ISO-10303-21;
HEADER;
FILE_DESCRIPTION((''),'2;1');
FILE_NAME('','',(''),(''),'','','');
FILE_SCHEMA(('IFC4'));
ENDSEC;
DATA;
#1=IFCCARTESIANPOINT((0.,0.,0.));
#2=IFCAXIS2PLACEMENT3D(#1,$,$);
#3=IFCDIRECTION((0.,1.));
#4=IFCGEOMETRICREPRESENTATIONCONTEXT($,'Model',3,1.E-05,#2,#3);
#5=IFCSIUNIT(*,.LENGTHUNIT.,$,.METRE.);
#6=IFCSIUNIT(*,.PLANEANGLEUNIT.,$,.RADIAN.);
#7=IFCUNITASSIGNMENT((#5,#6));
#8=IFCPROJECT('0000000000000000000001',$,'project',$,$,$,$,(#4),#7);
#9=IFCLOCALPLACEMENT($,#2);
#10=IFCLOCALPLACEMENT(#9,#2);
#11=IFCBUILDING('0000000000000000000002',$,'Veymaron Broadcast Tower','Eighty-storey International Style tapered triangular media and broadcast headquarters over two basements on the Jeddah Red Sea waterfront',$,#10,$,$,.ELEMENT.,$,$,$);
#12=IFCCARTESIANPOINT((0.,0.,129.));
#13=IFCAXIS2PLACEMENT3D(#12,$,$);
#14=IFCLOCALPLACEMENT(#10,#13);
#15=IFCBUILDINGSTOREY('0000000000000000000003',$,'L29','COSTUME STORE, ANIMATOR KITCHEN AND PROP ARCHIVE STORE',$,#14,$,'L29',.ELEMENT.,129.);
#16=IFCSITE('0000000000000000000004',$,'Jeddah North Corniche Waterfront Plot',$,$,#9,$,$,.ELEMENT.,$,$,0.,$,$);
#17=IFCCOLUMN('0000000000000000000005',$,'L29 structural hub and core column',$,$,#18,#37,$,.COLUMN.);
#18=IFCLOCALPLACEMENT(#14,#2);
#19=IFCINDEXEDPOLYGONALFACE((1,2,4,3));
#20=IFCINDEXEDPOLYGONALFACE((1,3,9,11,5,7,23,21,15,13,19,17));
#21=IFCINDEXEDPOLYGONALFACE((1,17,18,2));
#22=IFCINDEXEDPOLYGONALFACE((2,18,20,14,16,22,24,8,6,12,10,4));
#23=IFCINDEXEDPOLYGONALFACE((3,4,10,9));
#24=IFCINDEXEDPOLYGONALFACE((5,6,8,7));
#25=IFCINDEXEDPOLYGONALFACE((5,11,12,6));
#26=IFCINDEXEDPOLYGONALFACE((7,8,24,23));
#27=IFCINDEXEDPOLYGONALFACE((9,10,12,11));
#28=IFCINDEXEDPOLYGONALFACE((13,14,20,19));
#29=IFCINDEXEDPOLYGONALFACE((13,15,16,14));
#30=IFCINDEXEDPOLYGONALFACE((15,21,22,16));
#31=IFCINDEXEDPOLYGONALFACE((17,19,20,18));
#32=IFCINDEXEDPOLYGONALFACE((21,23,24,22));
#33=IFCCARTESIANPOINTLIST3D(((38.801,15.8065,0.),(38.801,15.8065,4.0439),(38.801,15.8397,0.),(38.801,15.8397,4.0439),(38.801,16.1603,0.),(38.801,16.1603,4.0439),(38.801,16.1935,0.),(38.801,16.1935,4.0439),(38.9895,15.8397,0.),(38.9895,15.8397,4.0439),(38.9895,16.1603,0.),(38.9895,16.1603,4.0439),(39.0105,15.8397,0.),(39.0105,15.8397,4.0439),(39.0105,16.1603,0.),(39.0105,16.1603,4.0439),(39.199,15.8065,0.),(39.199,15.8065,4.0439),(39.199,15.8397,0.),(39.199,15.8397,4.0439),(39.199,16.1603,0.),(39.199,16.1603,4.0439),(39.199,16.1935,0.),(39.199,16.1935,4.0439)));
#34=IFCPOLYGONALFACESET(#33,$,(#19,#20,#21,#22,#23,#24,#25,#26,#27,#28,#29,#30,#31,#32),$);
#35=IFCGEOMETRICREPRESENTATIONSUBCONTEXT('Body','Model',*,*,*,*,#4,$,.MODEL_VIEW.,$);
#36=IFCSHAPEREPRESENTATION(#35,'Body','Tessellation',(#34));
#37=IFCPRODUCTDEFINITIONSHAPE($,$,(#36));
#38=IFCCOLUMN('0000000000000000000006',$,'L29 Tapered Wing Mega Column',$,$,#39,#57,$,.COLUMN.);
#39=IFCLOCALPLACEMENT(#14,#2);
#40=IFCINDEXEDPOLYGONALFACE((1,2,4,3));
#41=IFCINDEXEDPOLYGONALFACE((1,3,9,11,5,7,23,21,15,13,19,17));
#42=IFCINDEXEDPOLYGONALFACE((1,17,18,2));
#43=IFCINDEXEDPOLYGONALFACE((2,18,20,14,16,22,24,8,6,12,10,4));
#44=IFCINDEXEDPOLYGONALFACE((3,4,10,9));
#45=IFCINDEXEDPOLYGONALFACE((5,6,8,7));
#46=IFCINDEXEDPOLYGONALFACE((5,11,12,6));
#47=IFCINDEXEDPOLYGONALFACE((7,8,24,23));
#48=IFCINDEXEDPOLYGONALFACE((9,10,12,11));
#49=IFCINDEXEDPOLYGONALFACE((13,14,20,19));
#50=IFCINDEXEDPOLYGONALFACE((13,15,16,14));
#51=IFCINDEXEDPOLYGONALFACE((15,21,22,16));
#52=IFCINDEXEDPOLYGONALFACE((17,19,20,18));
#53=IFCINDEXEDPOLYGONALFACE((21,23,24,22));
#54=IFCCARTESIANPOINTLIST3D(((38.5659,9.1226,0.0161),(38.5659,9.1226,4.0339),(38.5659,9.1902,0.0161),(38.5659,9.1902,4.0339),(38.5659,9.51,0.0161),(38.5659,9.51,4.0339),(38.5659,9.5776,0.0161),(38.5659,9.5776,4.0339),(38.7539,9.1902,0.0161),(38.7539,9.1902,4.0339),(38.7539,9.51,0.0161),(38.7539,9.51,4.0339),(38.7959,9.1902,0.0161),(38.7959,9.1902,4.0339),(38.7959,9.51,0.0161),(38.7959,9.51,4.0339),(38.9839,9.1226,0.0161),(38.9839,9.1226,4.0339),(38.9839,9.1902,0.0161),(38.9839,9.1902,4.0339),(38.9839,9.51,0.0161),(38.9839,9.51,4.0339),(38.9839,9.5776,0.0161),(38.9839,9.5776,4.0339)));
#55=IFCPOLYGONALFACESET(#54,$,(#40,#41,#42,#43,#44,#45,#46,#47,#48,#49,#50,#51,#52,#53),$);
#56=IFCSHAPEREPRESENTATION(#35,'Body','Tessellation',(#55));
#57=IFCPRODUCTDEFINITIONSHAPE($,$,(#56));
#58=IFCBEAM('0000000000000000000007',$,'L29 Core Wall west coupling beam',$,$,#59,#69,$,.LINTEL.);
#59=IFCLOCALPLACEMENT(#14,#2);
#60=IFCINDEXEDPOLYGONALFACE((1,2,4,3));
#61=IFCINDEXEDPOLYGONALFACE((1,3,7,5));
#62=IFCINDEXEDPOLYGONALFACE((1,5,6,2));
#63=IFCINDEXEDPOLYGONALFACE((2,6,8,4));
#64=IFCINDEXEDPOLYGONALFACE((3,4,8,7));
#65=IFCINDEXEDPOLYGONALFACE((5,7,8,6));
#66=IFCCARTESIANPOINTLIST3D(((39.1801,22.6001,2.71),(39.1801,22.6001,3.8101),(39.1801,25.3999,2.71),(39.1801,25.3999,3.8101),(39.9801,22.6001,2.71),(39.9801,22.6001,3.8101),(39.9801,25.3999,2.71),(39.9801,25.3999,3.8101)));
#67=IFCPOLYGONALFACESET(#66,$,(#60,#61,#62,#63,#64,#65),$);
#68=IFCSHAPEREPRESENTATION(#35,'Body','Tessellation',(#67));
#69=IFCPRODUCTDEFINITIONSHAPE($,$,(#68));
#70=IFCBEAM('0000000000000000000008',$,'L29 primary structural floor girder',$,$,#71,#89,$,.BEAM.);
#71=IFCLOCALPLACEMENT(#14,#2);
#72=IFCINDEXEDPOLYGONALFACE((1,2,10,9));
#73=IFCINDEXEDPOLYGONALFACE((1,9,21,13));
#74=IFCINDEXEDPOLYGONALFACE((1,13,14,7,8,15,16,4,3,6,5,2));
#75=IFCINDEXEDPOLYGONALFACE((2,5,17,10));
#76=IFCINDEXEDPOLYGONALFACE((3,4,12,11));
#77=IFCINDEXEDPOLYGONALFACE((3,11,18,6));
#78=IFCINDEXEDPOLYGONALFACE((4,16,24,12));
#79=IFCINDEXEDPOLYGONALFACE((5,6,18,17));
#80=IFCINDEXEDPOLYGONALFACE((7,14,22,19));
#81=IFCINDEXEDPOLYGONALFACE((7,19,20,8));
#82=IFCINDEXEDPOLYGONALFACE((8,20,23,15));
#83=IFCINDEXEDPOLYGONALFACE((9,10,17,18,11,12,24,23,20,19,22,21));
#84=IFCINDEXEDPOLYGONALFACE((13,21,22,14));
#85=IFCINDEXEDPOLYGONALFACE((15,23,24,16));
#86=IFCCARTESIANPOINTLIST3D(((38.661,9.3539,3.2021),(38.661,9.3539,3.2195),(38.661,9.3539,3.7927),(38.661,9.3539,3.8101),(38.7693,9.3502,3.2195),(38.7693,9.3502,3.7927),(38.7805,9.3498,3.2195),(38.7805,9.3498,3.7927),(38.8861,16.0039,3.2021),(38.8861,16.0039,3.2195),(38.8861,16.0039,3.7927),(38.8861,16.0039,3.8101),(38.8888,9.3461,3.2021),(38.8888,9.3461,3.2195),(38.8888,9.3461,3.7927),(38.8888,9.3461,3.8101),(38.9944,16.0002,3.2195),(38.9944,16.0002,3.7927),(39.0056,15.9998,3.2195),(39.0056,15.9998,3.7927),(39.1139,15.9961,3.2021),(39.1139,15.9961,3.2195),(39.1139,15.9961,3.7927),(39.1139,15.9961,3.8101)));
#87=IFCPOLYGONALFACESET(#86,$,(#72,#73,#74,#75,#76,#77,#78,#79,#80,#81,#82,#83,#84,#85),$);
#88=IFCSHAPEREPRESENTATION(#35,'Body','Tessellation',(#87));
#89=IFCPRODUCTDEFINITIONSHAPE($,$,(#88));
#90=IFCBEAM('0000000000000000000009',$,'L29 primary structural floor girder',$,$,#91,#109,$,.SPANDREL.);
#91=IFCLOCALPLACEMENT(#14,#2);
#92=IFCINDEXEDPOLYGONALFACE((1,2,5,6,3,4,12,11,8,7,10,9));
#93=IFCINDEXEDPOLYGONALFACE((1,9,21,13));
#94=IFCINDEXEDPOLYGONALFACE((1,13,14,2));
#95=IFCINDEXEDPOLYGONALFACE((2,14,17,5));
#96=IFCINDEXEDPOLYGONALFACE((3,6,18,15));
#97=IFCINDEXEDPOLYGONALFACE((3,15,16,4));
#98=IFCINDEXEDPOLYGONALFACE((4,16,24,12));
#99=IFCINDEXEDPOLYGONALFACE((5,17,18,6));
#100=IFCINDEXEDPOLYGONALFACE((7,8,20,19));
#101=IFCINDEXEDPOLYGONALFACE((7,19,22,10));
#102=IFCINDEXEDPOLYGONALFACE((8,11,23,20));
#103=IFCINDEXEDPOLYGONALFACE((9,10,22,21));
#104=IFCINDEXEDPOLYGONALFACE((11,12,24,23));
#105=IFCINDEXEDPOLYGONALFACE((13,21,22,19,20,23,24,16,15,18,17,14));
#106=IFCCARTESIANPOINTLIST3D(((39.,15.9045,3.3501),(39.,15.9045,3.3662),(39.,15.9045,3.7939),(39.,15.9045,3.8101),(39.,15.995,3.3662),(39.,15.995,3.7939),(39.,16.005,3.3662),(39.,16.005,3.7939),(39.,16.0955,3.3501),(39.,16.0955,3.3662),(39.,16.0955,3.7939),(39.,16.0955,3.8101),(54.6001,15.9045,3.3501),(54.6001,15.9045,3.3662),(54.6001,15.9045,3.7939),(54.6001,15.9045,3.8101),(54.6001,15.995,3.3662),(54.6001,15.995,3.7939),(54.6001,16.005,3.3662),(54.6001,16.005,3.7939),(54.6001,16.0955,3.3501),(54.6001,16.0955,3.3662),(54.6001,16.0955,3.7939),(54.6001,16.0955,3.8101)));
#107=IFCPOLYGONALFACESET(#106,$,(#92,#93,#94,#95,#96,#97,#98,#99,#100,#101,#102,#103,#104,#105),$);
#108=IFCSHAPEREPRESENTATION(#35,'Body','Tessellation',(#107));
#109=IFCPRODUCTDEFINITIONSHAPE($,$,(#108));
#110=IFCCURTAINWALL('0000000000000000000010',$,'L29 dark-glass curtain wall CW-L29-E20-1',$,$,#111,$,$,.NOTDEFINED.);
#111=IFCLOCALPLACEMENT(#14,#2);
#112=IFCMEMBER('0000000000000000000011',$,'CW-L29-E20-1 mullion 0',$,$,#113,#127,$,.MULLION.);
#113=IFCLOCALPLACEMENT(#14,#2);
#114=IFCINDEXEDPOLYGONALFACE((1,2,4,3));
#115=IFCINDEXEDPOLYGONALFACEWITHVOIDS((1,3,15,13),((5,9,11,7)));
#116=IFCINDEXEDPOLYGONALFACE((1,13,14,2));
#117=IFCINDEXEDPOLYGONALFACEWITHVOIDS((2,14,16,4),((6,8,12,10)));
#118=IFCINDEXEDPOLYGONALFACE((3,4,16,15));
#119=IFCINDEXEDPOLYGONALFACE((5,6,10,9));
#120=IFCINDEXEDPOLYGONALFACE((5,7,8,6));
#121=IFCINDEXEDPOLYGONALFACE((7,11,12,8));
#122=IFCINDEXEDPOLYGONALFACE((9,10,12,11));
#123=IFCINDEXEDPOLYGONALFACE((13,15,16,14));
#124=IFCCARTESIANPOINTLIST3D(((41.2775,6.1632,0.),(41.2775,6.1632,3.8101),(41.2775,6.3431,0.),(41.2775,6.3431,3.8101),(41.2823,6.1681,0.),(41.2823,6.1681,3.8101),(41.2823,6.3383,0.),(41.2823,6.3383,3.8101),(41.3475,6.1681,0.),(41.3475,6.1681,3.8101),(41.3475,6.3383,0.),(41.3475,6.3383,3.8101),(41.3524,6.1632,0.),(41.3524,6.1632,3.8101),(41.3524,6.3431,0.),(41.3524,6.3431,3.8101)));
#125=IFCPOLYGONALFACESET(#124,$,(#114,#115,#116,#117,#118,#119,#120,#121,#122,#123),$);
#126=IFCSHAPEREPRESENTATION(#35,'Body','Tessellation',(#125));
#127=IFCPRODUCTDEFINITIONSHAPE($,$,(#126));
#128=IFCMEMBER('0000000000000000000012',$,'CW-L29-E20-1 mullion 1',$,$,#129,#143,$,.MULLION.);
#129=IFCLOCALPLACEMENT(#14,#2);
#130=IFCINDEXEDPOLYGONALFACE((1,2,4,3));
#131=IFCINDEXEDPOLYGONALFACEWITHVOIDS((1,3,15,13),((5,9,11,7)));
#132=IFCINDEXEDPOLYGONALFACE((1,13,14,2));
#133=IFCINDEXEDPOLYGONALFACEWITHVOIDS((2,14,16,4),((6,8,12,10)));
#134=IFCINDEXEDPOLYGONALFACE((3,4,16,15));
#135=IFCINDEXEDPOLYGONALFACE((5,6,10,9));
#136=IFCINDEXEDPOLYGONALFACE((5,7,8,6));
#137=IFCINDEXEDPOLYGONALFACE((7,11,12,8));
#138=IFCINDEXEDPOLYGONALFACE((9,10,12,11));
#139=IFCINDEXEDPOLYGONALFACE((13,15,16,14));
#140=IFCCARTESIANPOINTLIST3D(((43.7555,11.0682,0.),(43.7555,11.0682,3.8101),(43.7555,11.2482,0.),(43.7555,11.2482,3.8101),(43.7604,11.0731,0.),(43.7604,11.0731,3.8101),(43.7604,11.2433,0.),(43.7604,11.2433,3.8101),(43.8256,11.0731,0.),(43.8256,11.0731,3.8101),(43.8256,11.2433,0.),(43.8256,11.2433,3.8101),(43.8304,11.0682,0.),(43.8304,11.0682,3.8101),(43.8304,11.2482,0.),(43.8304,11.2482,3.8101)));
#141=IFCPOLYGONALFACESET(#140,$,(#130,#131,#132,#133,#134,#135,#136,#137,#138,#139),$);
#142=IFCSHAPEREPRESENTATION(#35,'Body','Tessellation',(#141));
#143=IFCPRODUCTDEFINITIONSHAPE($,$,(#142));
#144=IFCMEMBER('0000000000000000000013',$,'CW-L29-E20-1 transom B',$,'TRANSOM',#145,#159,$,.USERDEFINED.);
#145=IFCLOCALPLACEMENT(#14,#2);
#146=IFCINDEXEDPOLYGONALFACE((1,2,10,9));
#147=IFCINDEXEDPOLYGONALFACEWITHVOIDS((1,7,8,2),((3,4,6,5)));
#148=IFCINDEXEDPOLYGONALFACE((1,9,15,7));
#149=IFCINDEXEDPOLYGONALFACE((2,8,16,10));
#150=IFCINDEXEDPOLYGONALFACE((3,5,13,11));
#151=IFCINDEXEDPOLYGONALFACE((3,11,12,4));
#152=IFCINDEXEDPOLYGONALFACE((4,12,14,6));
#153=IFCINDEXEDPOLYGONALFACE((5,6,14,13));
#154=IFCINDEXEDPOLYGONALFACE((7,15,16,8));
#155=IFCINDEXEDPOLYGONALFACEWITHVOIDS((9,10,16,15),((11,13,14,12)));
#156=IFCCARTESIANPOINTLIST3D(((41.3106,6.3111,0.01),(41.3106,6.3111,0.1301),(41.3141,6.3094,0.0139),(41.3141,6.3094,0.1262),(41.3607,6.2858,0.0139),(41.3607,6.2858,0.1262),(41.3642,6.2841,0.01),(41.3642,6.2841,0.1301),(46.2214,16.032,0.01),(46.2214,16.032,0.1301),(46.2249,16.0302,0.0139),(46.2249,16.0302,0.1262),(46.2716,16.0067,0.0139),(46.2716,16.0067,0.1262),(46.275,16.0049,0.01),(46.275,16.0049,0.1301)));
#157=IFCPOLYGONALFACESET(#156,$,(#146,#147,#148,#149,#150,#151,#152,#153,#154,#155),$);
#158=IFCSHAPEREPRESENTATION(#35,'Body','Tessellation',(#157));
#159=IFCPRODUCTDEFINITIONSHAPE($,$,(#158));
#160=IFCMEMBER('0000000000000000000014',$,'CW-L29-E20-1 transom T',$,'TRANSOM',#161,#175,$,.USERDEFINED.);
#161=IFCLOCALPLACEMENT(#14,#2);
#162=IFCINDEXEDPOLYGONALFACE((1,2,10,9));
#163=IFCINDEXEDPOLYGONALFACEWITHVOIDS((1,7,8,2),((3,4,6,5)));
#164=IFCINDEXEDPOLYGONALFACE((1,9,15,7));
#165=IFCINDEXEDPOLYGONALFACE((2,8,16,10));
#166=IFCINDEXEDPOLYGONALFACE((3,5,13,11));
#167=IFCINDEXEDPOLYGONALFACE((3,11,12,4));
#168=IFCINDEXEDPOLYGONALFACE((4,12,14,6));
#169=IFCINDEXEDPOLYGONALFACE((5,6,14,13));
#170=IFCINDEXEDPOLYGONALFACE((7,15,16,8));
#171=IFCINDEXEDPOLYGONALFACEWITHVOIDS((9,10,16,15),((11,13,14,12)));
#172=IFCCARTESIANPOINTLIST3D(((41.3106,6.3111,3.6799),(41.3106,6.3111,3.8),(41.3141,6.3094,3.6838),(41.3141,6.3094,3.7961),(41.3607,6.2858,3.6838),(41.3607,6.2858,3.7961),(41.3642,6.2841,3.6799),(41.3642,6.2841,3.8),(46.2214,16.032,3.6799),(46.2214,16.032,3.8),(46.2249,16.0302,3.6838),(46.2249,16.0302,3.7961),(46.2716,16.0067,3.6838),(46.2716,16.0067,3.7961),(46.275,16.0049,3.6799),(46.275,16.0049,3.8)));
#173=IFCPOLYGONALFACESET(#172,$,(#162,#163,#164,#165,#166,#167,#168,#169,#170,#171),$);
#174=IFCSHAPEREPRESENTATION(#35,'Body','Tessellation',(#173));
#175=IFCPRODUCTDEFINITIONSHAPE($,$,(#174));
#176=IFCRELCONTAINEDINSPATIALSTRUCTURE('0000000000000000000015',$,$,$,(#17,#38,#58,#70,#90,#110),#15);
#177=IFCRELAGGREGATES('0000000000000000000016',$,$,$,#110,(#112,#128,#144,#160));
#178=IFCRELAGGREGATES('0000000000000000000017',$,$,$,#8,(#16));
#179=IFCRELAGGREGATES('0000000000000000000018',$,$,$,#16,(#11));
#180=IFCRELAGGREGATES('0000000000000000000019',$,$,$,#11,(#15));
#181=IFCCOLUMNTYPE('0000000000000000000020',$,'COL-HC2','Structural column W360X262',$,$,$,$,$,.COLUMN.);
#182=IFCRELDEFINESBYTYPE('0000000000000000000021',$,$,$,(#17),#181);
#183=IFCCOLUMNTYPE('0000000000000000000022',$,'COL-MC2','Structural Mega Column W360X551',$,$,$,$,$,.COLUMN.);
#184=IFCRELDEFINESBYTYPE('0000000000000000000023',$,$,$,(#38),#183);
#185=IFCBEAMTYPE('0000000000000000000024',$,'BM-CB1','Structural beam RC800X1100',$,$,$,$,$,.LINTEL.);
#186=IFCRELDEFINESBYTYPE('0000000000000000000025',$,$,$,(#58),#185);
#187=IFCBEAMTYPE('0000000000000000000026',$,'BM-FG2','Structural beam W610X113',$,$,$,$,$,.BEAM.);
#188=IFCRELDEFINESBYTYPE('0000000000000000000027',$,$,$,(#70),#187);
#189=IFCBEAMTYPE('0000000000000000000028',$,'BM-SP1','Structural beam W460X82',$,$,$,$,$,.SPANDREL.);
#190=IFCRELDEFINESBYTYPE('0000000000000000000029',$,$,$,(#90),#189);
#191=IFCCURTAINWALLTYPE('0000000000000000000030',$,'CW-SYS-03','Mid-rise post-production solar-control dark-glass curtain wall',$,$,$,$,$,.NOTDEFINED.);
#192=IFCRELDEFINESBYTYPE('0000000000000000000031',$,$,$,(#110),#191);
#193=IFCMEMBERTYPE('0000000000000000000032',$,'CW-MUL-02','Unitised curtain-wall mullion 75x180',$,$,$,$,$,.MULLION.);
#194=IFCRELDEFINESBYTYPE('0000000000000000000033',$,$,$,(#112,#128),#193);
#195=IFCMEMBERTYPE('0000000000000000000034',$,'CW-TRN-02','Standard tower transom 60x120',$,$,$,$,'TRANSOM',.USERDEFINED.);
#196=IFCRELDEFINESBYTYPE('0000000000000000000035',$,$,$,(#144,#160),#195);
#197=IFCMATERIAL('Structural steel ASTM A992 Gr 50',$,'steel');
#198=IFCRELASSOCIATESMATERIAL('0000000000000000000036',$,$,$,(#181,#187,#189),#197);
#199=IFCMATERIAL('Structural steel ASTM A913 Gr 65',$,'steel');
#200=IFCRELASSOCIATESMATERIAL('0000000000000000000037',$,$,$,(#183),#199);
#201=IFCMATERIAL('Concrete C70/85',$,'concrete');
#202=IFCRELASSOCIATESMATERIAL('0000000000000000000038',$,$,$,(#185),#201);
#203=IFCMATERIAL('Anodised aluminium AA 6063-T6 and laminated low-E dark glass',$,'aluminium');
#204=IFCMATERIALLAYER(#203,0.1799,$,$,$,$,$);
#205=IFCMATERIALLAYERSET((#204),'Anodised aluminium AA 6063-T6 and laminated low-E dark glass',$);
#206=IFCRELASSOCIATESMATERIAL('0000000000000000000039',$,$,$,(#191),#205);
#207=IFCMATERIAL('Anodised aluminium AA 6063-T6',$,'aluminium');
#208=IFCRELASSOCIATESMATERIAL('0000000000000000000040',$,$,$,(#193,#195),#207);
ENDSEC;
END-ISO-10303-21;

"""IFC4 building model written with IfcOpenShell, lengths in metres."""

from ifc_helpers import new_model, si_unit, direction, frame, origin, origin_2d, place, context, subcontext, project, spatial, rectangle, hollow_rectangle, i_section, extrude, material, layer, layer_set, material_profile, profile_set, type_object, element, aggregate, save


model = new_model("IFC4")

# Units and contexts
model_context = context("Model", 3, precision=1e-05, world=origin(), true_north=direction((0.0, 1.0)))
body_context = subcontext(model_context, "Body", "Model", "MODEL_VIEW")
ifc_project = project(units=[si_unit("LENGTHUNIT", "METRE"), si_unit("PLANEANGLEUNIT", "RADIAN")], contexts=[model_context])

# Site, building, storey
site_placement = place(None, origin())
site = spatial("IfcSite", under=ifc_project, at=site_placement, Name="Jeddah North Corniche Waterfront Plot", CompositionType="ELEMENT", RefElevation=0.0)
building_placement = place(site_placement, origin())
building = spatial("IfcBuilding", under=site, at=building_placement, Name="Veymaron Broadcast Tower", Description="Eighty-storey International Style tapered triangular media and broadcast headquarters over two basements on the Jeddah Red Sea waterfront", CompositionType="ELEMENT")
storey_placement = place(building_placement, frame((0.0, 0.0, 129.0)))
storey = spatial("IfcBuildingStorey", under=building, at=storey_placement, Name="L29", Description="COSTUME STORE, ANIMATOR KITCHEN AND PROP ARCHIVE STORE", LongName="L29", CompositionType="ELEMENT", Elevation=129.0)

# Columns
ifc_material_1 = material(Name="Structural steel ASTM A992 Gr 50", Category="steel")
ifc_material_profile_1 = material_profile(ifc_material_1, i_section(OverallWidth=0.3979, OverallDepth=0.387, WebThickness=0.021, FlangeThickness=0.0332, at=origin_2d()), Name="W360X262")
ifc_profile_set_1 = profile_set([ifc_material_profile_1], Name="Structural steel ASTM A992 Gr 50")
column_type_1 = type_object("IfcColumnType", Name="COL-HC2", Description="Structural column W360X262", PredefinedType="COLUMN", material=ifc_profile_set_1)
column_1_placement = place(storey_placement, frame((39.0, 16.0, 0.0), z_axis=(0.0, 0.0, 1.0), x_axis=(1.0, 0.0, 0.0)))
element("IfcColumn", 1, at=column_1_placement, inside=storey, type_object=column_type_1, Name="L29 structural hub and core column", PredefinedType="COLUMN", context=body_context, shape_type="SweptSolid", body=[
    extrude(i_section(OverallWidth=0.3979, OverallDepth=0.387, WebThickness=0.021, FlangeThickness=0.0332, at=origin_2d()), origin(), (0.0, 0.0, 1.0), 4.0439),
])
ifc_material_2 = material(Name="Structural steel ASTM A913 Gr 65", Category="steel")
ifc_material_profile_2 = material_profile(ifc_material_2, i_section(OverallWidth=0.418, OverallDepth=0.4551, WebThickness=0.042, FlangeThickness=0.0676, at=origin_2d()), Name="W360X551")
ifc_profile_set_2 = profile_set([ifc_material_profile_2], Name="Structural steel ASTM A913 Gr 65")
column_type_2 = type_object("IfcColumnType", Name="COL-MC2", Description="Structural Mega Column W360X551", PredefinedType="COLUMN", material=ifc_profile_set_2)
column_2_placement = place(storey_placement, frame((38.7749, 9.3501, 0.0161), z_axis=(0.0, 0.0, 1.0), x_axis=(1.0, 0.0, 0.0)))
element("IfcColumn", 2, at=column_2_placement, inside=storey, type_object=column_type_2, Name="L29 Tapered Wing Mega Column", PredefinedType="COLUMN", context=body_context, shape_type="SweptSolid", body=[
    extrude(i_section(OverallWidth=0.418, OverallDepth=0.4551, WebThickness=0.042, FlangeThickness=0.0676, at=origin_2d()), origin(), (0.0, 0.0, 1.0), 4.0178),
])

# Beams
ifc_material_3 = material(Name="Concrete C70/85", Category="concrete")
ifc_material_profile_3 = material_profile(ifc_material_3, rectangle(XDim=0.8, YDim=1.1001, at=origin_2d()), Name="RC800X1100")
ifc_profile_set_3 = profile_set([ifc_material_profile_3], Name="Concrete C70/85")
beam_type_1 = type_object("IfcBeamType", Name="BM-CB1", Description="Structural beam RC800X1100", PredefinedType="LINTEL", material=ifc_profile_set_3)
beam_1_placement = place(storey_placement, frame((39.5801, 22.6001, 3.26), z_axis=(0.0, 1.0, 0.0), x_axis=(-1.0, 0.0, 0.0)))
element("IfcBeam", 3, at=beam_1_placement, inside=storey, type_object=beam_type_1, Name="L29 Core Wall west coupling beam", PredefinedType="LINTEL", context=body_context, shape_type="SweptSolid", body=[
    extrude(rectangle(XDim=0.8, YDim=1.1001, at=origin_2d()), origin(), (0.0, 0.0, 1.0), 2.7998),
])
ifc_material_profile_4 = material_profile(ifc_material_1, i_section(OverallWidth=0.228, OverallDepth=0.6079, WebThickness=0.0112, FlangeThickness=0.0173, at=origin_2d()), Name="W610X113")
ifc_profile_set_4 = profile_set([ifc_material_profile_4], Name="Structural steel ASTM A992 Gr 50")
beam_type_2 = type_object("IfcBeamType", Name="BM-FG2", Description="Structural beam W610X113", PredefinedType="BEAM", material=ifc_profile_set_4)
beam_2_placement = place(storey_placement, frame((39.0, 16.0, 3.5061), z_axis=(-0.03383, -0.999428, 0.0), x_axis=(0.999428, -0.03383, 0.0)))
element("IfcBeam", 4, at=beam_2_placement, inside=storey, type_object=beam_type_2, Name="L29 primary structural floor girder", PredefinedType="BEAM", context=body_context, shape_type="SweptSolid", body=[
    extrude(i_section(OverallWidth=0.228, OverallDepth=0.6079, WebThickness=0.0112, FlangeThickness=0.0173, at=origin_2d()), origin(), (0.0, 0.0, 1.0), 6.6538),
])
ifc_material_profile_5 = material_profile(ifc_material_1, i_section(OverallWidth=0.1909, OverallDepth=0.46, WebThickness=0.01, FlangeThickness=0.0161, at=origin_2d()), Name="W460X82")
ifc_profile_set_5 = profile_set([ifc_material_profile_5], Name="Structural steel ASTM A992 Gr 50")
beam_type_3 = type_object("IfcBeamType", Name="BM-SP1", Description="Structural beam W460X82", PredefinedType="SPANDREL", material=ifc_profile_set_5)
beam_3_placement = place(storey_placement, frame((39.0, 16.0, 3.5801), z_axis=(1.0, 0.0, 0.0), x_axis=(0.0, 1.0, 0.0)))
element("IfcBeam", 5, at=beam_3_placement, inside=storey, type_object=beam_type_3, Name="L29 primary structural floor girder", PredefinedType="SPANDREL", context=body_context, shape_type="SweptSolid", body=[
    extrude(i_section(OverallWidth=0.1909, OverallDepth=0.46, WebThickness=0.01, FlangeThickness=0.0161, at=origin_2d()), origin(), (0.0, 0.0, 1.0), 15.6001),
])

# Curtain wall, members
ifc_material_4 = material(Name="Anodised aluminium AA 6063-T6 and laminated low-E dark glass", Category="aluminium")
ifc_layer_1 = layer(ifc_material_4, 0.1799)
ifc_layer_set_1 = layer_set([ifc_layer_1], Name="Anodised aluminium AA 6063-T6 and laminated low-E dark glass")
curtain_wall_type = type_object("IfcCurtainWallType", Name="CW-SYS-03", Description="Mid-rise post-production solar-control dark-glass curtain wall", PredefinedType="NOTDEFINED", material=ifc_layer_set_1)
curtain_wall_placement = place(storey_placement, origin())
curtain_wall = element("IfcCurtainWall", 6, at=curtain_wall_placement, inside=storey, type_object=curtain_wall_type, Name="L29 dark-glass curtain wall CW-L29-E20-1", PredefinedType="NOTDEFINED")
ifc_material_5 = material(Name="Anodised aluminium AA 6063-T6", Category="aluminium")
ifc_material_profile_6 = material_profile(ifc_material_5, hollow_rectangle(XDim=0.075, YDim=0.1799, WallThickness=0.0049, at=origin_2d()), Name="AL180X75X5")
ifc_profile_set_6 = profile_set([ifc_material_profile_6], Name="Anodised aluminium AA 6063-T6")
member_type_1 = type_object("IfcMemberType", Name="CW-MUL-02", Description="Unitised curtain-wall mullion 75x180", PredefinedType="MULLION", material=ifc_profile_set_6)
member_1_placement = place(storey_placement, frame((41.3149, 6.2532, 0.0), z_axis=(0.0, 0.0, 1.0), x_axis=(1.0, 0.0, 0.0)))
member_1 = element("IfcMember", 7, at=member_1_placement, type_object=member_type_1, Name="CW-L29-E20-1 mullion 0", PredefinedType="MULLION", context=body_context, shape_type="SweptSolid", body=[
    extrude(hollow_rectangle(XDim=0.075, YDim=0.1799, WallThickness=0.0049, at=origin_2d()), origin(), (0.0, 0.0, 1.0), 3.8101),
])
member_2_placement = place(storey_placement, frame((43.793, 11.1582, 0.0), z_axis=(0.0, 0.0, 1.0), x_axis=(1.0, 0.0, 0.0)))
member_2 = element("IfcMember", 8, at=member_2_placement, type_object=member_type_1, Name="CW-L29-E20-1 mullion 1", PredefinedType="MULLION", context=body_context, shape_type="SweptSolid", body=[
    extrude(hollow_rectangle(XDim=0.075, YDim=0.1799, WallThickness=0.0049, at=origin_2d()), origin(), (0.0, 0.0, 1.0), 3.8101),
])
ifc_material_profile_7 = material_profile(ifc_material_5, hollow_rectangle(XDim=0.0601, YDim=0.1201, WallThickness=0.0039, at=origin_2d()), Name="AL120X60X4")
ifc_profile_set_7 = profile_set([ifc_material_profile_7], Name="Anodised aluminium AA 6063-T6")
member_type_2 = type_object("IfcMemberType", Name="CW-TRN-02", Description="Standard tower transom 60x120", ElementType="TRANSOM", PredefinedType="USERDEFINED", material=ifc_profile_set_7)
member_3_placement = place(storey_placement, frame((41.3374, 6.2976, 0.0701), z_axis=(0.450913, 0.892568, 0.0), x_axis=(-0.892568, 0.450913, 0.0)))
member_3 = element("IfcMember", 9, at=member_3_placement, type_object=member_type_2, Name="CW-L29-E20-1 transom B", ObjectType="TRANSOM", PredefinedType="USERDEFINED", context=body_context, shape_type="SweptSolid", body=[
    extrude(hollow_rectangle(XDim=0.0601, YDim=0.1201, WallThickness=0.0039, at=origin_2d()), origin(), (0.0, 0.0, 1.0), 10.8909),
])
member_4_placement = place(storey_placement, frame((41.3374, 6.2976, 3.74), z_axis=(0.450913, 0.892568, 0.0), x_axis=(-0.892568, 0.450913, 0.0)))
member_4 = element("IfcMember", 10, at=member_4_placement, type_object=member_type_2, Name="CW-L29-E20-1 transom T", ObjectType="TRANSOM", PredefinedType="USERDEFINED", context=body_context, shape_type="SweptSolid", body=[
    extrude(hollow_rectangle(XDim=0.0601, YDim=0.1201, WallThickness=0.0039, at=origin_2d()), origin(), (0.0, 0.0, 1.0), 10.8909),
])
aggregate(curtain_wall, [member_1, member_2, member_3, member_4])

save(model, "model.ifc")
